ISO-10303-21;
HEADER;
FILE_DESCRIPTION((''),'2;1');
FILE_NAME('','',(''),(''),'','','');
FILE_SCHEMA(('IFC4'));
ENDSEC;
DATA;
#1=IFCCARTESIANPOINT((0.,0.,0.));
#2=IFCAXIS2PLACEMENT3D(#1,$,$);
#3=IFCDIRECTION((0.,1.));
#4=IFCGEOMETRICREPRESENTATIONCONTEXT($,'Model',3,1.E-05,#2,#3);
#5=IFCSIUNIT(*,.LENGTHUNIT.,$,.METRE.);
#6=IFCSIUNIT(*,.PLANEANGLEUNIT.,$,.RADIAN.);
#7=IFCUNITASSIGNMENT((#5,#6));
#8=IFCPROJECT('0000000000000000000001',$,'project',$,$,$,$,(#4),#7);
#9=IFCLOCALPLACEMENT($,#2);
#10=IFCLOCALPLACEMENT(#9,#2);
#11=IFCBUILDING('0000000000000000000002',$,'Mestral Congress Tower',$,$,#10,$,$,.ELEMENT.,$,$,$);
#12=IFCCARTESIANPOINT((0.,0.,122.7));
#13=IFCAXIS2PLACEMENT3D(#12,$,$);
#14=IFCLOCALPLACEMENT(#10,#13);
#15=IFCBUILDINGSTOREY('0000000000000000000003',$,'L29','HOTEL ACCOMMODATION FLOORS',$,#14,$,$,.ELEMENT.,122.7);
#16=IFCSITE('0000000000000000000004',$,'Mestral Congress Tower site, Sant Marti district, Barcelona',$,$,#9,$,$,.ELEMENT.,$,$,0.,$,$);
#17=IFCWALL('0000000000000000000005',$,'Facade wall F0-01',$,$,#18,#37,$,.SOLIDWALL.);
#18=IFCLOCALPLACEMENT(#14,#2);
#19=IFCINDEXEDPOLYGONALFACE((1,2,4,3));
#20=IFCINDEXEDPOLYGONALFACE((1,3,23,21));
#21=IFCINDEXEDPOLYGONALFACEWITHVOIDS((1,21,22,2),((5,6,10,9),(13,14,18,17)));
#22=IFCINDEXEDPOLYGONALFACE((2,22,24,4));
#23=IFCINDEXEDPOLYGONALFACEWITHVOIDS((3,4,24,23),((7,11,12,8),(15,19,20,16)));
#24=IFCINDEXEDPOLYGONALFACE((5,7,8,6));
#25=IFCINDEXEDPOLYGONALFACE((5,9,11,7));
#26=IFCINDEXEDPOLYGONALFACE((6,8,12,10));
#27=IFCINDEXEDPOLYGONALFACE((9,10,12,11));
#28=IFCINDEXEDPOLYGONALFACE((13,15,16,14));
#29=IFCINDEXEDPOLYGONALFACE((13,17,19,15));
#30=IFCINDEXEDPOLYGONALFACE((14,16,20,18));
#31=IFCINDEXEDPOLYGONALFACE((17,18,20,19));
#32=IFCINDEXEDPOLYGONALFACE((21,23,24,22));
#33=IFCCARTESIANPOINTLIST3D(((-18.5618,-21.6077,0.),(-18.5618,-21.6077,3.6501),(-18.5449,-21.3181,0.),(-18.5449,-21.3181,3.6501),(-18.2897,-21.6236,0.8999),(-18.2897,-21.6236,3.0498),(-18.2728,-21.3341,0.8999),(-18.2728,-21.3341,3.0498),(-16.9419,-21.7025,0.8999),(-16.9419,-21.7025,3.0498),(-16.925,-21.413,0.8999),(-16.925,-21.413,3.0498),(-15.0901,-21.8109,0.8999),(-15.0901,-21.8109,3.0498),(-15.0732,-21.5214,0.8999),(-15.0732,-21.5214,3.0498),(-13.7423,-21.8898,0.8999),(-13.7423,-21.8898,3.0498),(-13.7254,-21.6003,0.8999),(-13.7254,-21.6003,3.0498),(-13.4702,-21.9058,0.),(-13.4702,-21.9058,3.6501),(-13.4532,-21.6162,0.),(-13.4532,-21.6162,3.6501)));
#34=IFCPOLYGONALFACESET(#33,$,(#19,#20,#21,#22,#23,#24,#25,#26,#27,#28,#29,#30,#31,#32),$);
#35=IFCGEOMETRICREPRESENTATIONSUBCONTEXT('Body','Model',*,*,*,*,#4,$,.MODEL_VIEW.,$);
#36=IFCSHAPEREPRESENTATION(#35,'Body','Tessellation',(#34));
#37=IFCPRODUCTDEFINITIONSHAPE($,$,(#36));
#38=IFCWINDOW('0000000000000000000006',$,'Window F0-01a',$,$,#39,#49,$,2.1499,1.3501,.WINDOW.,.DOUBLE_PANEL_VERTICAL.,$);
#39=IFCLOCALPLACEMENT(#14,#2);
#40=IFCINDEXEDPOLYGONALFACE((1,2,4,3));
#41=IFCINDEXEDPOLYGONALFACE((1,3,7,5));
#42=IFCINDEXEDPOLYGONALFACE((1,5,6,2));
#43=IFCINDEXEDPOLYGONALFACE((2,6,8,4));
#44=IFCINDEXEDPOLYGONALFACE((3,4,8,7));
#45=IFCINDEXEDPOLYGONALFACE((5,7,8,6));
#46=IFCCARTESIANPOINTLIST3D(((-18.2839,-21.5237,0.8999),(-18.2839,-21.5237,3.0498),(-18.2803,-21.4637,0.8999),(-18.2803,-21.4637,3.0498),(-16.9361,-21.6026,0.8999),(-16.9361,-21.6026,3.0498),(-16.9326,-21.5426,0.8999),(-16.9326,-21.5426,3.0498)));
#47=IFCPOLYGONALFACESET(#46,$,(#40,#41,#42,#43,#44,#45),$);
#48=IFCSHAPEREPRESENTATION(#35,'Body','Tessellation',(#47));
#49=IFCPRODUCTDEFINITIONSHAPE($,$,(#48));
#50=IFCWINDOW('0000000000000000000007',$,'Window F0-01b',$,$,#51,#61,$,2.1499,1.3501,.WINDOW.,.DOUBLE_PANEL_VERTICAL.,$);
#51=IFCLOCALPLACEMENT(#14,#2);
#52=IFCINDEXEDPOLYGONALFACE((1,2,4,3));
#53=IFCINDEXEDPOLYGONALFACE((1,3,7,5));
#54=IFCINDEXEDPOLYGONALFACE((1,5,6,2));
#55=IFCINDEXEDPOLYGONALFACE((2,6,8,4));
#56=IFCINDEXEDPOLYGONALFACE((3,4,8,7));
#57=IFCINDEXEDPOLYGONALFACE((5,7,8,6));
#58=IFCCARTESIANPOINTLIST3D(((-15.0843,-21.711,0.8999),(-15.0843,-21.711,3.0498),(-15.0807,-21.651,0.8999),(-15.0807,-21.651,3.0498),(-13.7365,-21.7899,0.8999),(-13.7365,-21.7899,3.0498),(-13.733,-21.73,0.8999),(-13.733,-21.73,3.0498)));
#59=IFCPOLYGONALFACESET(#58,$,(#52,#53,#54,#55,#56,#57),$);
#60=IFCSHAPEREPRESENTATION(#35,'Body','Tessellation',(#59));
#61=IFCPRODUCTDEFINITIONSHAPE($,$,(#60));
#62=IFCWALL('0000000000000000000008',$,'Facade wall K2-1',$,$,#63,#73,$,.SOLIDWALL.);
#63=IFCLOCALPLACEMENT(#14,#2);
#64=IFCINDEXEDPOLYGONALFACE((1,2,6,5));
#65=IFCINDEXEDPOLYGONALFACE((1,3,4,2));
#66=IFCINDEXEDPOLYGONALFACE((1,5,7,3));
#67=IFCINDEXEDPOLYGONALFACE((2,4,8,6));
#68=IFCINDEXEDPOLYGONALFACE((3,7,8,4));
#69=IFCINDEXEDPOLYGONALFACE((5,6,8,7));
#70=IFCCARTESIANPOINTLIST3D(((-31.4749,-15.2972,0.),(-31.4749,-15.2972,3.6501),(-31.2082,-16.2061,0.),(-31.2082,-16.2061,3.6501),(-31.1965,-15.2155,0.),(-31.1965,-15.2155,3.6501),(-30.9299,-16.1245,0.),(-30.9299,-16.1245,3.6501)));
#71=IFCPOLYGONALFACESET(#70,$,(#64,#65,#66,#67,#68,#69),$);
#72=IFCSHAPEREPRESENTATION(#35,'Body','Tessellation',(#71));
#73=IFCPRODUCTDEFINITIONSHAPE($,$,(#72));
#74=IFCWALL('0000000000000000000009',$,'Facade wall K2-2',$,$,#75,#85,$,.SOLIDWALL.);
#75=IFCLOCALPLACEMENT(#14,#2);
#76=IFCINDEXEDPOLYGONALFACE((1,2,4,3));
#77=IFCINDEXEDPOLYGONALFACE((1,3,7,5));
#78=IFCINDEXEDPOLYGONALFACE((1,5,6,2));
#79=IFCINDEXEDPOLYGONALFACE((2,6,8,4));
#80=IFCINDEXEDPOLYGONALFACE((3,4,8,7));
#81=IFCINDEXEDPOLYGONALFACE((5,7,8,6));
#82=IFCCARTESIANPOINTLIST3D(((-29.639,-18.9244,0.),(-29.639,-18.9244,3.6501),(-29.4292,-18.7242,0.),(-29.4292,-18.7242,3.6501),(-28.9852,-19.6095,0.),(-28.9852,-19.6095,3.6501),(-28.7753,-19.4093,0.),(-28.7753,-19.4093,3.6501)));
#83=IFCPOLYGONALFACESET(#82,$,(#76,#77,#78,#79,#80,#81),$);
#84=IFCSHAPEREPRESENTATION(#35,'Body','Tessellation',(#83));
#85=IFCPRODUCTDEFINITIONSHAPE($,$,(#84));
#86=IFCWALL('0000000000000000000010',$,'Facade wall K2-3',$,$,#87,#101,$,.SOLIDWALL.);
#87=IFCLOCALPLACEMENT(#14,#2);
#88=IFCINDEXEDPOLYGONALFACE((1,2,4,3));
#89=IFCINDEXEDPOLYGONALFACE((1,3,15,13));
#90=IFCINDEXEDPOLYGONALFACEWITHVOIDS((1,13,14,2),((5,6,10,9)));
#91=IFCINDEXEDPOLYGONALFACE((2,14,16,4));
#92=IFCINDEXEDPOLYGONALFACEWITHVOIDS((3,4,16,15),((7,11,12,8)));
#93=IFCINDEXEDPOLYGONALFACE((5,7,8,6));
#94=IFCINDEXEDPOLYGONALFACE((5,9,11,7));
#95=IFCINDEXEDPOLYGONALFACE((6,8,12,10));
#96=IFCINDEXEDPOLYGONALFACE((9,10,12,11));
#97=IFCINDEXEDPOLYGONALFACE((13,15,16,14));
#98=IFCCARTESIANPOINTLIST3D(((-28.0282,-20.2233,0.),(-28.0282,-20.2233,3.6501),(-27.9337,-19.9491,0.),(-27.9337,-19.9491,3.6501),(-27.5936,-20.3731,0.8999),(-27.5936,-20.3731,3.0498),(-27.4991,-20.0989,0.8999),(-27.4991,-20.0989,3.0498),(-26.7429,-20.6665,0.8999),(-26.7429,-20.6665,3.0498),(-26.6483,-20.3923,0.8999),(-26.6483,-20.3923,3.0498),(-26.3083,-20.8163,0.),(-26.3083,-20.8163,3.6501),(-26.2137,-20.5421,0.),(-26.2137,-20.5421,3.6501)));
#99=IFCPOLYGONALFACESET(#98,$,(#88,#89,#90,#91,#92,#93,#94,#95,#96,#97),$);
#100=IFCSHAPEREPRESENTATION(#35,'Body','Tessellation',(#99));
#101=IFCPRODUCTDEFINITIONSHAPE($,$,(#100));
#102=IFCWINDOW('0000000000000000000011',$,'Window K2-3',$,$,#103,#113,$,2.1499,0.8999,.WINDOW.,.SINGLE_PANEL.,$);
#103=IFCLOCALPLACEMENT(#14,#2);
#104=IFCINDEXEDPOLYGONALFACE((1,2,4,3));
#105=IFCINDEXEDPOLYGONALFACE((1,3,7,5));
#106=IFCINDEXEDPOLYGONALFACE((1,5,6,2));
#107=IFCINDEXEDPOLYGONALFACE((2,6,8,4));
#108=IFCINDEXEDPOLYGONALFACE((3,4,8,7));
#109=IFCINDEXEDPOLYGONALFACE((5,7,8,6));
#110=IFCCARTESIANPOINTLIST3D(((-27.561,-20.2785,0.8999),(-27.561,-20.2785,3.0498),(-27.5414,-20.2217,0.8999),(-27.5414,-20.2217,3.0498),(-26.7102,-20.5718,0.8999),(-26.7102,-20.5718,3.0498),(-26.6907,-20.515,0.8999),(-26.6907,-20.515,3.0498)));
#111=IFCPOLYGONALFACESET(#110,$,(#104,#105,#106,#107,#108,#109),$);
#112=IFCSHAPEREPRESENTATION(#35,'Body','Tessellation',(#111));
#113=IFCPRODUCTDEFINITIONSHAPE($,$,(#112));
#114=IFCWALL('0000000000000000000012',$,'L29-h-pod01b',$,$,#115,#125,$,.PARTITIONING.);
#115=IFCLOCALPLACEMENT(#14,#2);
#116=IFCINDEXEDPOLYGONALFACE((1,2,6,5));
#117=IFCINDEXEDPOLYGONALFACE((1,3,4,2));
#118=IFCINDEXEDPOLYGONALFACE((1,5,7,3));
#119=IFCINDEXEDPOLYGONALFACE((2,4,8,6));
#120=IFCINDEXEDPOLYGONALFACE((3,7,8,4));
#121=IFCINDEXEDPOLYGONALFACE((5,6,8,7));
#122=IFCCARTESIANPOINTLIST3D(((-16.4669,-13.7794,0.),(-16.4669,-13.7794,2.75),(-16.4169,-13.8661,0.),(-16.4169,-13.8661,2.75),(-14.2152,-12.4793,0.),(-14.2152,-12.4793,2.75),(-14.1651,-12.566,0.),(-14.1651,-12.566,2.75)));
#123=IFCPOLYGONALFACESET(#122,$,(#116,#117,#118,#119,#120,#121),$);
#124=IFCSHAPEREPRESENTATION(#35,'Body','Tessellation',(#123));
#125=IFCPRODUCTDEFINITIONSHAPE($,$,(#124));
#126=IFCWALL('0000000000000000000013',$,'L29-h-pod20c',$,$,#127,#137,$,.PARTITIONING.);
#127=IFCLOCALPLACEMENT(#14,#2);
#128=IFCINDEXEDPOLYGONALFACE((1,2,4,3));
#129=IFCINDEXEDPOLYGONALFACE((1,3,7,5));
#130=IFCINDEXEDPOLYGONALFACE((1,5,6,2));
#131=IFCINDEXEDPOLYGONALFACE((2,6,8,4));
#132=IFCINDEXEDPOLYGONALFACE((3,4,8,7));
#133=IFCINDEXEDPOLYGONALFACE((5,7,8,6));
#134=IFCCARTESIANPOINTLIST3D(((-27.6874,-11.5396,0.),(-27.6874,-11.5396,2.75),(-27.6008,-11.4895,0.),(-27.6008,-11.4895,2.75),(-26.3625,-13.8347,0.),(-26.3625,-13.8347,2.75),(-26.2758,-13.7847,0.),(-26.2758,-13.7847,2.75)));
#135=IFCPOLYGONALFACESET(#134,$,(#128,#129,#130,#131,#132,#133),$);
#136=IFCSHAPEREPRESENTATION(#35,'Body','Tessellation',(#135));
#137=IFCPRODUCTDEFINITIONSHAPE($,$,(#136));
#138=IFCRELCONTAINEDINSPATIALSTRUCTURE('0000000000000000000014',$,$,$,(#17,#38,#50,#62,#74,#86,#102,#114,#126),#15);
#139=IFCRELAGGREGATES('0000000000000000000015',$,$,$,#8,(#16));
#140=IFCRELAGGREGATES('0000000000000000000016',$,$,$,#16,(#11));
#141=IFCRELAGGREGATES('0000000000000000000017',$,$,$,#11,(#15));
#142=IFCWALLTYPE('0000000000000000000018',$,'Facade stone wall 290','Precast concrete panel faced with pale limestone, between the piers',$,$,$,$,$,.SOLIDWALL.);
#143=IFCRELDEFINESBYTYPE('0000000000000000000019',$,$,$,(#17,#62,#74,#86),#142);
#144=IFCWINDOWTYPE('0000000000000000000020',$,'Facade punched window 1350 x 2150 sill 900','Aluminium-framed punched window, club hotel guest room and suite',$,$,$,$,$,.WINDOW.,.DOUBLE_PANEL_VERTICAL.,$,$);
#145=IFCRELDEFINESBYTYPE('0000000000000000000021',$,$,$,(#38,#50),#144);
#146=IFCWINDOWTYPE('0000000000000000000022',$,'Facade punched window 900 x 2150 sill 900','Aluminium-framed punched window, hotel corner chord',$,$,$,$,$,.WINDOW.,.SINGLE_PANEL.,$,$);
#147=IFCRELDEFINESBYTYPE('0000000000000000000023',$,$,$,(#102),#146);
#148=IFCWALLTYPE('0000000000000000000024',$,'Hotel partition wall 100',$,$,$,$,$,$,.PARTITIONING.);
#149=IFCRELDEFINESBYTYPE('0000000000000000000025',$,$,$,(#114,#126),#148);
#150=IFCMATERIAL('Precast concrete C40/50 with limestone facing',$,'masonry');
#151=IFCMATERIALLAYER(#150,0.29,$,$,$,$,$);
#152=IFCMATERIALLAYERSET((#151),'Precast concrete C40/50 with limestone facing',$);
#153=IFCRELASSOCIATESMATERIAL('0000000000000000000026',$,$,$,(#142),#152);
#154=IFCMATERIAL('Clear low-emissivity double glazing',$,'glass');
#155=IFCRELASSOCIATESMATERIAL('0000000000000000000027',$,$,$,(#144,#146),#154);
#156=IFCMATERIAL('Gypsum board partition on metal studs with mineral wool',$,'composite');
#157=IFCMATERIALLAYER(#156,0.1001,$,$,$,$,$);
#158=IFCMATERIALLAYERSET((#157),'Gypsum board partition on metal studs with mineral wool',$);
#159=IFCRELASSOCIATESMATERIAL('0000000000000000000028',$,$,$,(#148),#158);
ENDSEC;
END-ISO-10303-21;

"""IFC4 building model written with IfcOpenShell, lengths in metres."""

from ifc_helpers import new_model, si_unit, direction, frame, frame_2d, origin, place, context, subcontext, project, spatial, rectangle, extrude, material, layer, layer_set, type_object, element, fill, save


model = new_model("IFC4")

# Units and contexts
model_context = context("Model", 3, precision=1e-05, world=origin(), true_north=direction((0.0, 1.0)))
body_context = subcontext(model_context, "Body", "Model", "MODEL_VIEW")
ifc_project = project(units=[si_unit("LENGTHUNIT", "METRE"), si_unit("PLANEANGLEUNIT", "RADIAN")], contexts=[model_context])

# Site, building, storey
site_placement = place(None, origin())
site = spatial("IfcSite", under=ifc_project, at=site_placement, Name="Mestral Congress Tower site, Sant Marti district, Barcelona", CompositionType="ELEMENT", RefElevation=0.0)
building_placement = place(site_placement, origin())
building = spatial("IfcBuilding", under=site, at=building_placement, Name="Mestral Congress Tower", CompositionType="ELEMENT")
storey_placement = place(building_placement, frame((0.0, 0.0, 122.7)))
storey = spatial("IfcBuildingStorey", under=building, at=storey_placement, Name="L29", Description="HOTEL ACCOMMODATION FLOORS", CompositionType="ELEMENT", Elevation=122.7)

# Wall, openings, windows
ifc_material_1 = material(Name="Precast concrete C40/50 with limestone facing", Category="masonry")
ifc_layer_1 = layer(ifc_material_1, 0.29)
ifc_layer_set_1 = layer_set([ifc_layer_1], Name="Precast concrete C40/50 with limestone facing")
wall_type_1 = type_object("IfcWallType", Name="Facade stone wall 290", Description="Precast concrete panel faced with pale limestone, between the piers", PredefinedType="SOLIDWALL", material=ifc_layer_set_1)
ifc_material_2 = material(Name="Clear low-emissivity double glazing", Category="glass")
window_type_1 = type_object("IfcWindowType", Name="Facade punched window 1350 x 2150 sill 900", Description="Aluminium-framed punched window, club hotel guest room and suite", PartitioningType="DOUBLE_PANEL_VERTICAL", PredefinedType="WINDOW", material=ifc_material_2)
wall_1_placement = place(storey_placement, frame((-18.5535, -21.4629, 0.0), z_axis=(0.0, 0.0, 1.0), x_axis=(0.998291, -0.058447, 0.0)))
wall_1 = element("IfcWall", 1, at=wall_1_placement, inside=storey, type_object=wall_type_1, Name="Facade wall F0-01", PredefinedType="SOLIDWALL", context=body_context, shape_type="SweptSolid", body=[
    extrude(rectangle(XDim=5.1003, YDim=0.29, at=frame_2d((2.5503, 0.0))), origin(), (0.0, 0.0, 1.0), 3.6501),
])
opening_1_placement = place(wall_1_placement, frame((0.2727, 0.0, 0.8999)))
opening_1 = element("IfcOpeningElement", 2, at=opening_1_placement, cuts=wall_1, PredefinedType="OPENING", context=body_context, shape_type="SweptSolid", body=[
    extrude(rectangle(XDim=1.3501, YDim=2.1499, at=frame_2d((0.675, 1.075))), frame((0.0, 0.155, 0.0), z_axis=(0.0, -1.0, 0.0), x_axis=(1.0, 0.0, 0.0)), (0.0, 0.0, 1.0), 0.3101),
])
opening_2_placement = place(wall_1_placement, frame((3.4778, 0.0, 0.8999)))
opening_2 = element("IfcOpeningElement", 3, at=opening_2_placement, cuts=wall_1, PredefinedType="OPENING", context=body_context, shape_type="SweptSolid", body=[
    extrude(rectangle(XDim=1.3501, YDim=2.1499, at=frame_2d((0.675, 1.075))), frame((0.0, 0.155, 0.0), z_axis=(0.0, -1.0, 0.0), x_axis=(1.0, 0.0, 0.0)), (0.0, 0.0, 1.0), 0.3101),
])
window_1_placement = place(opening_1_placement, origin())
window_1 = element("IfcWindow", 4, at=window_1_placement, inside=storey, type_object=window_type_1, Name="Window F0-01a", OverallHeight=2.1499, OverallWidth=1.3501, PartitioningType="DOUBLE_PANEL_VERTICAL", PredefinedType="WINDOW", context=body_context, shape_type="SweptSolid", body=[
    extrude(rectangle(XDim=1.3501, YDim=2.1499, at=frame_2d((0.675, 1.075))), frame((0.0, 0.0151, 0.0), z_axis=(0.0, -1.0, 0.0), x_axis=(1.0, 0.0, 0.0)), (0.0, 0.0, 1.0), 0.0601),
])
fill(opening_1, window_1)
window_2_placement = place(opening_2_placement, origin())
window_2 = element("IfcWindow", 5, at=window_2_placement, inside=storey, type_object=window_type_1, Name="Window F0-01b", OverallHeight=2.1499, OverallWidth=1.3501, PartitioningType="DOUBLE_PANEL_VERTICAL", PredefinedType="WINDOW", context=body_context, shape_type="SweptSolid", body=[
    extrude(rectangle(XDim=1.3501, YDim=2.1499, at=frame_2d((0.675, 1.075))), frame((0.0, 0.0151, 0.0), z_axis=(0.0, -1.0, 0.0), x_axis=(1.0, 0.0, 0.0)), (0.0, 0.0, 1.0), 0.0601),
])
fill(opening_2, window_2)

# Walls
wall_2_placement = place(storey_placement, frame((-31.3357, -15.2563, 0.0), z_axis=(0.0, 0.0, 1.0), x_axis=(0.281455, -0.959575, 0.0)))
element("IfcWall", 6, at=wall_2_placement, inside=storey, type_object=wall_type_1, Name="Facade wall K2-1", PredefinedType="SOLIDWALL", context=body_context, shape_type="SweptSolid", body=[
    extrude(rectangle(XDim=0.9473, YDim=0.29, at=frame_2d((0.4736, 0.0))), origin(), (0.0, 0.0, 1.0), 3.6501),
])
wall_3_placement = place(storey_placement, frame((-29.5342, -18.8242, 0.0), z_axis=(0.0, 0.0, 1.0), x_axis=(0.690414, -0.723414, 0.0)))
element("IfcWall", 7, at=wall_3_placement, inside=storey, type_object=wall_type_1, Name="Facade wall K2-2", PredefinedType="SOLIDWALL", context=body_context, shape_type="SweptSolid", body=[
    extrude(rectangle(XDim=0.947, YDim=0.29, at=frame_2d((0.4736, 0.0))), origin(), (0.0, 0.0, 1.0), 3.6501),
])

# Wall, opening, window
wall_4_placement = place(storey_placement, frame((-27.981, -20.0862, 0.0), z_axis=(0.0, 0.0, 1.0), x_axis=(0.945386, -0.325953, 0.0)))
wall_4 = element("IfcWall", 8, at=wall_4_placement, inside=storey, type_object=wall_type_1, Name="Facade wall K2-3", PredefinedType="SOLIDWALL", context=body_context, shape_type="SweptSolid", body=[
    extrude(rectangle(XDim=1.8193, YDim=0.29, at=frame_2d((0.9097, 0.0))), origin(), (0.0, 0.0, 1.0), 3.6501),
])
opening_3_placement = place(wall_4_placement, frame((0.4597, 0.0, 0.8999)))
opening_3 = element("IfcOpeningElement", 9, at=opening_3_placement, cuts=wall_4, PredefinedType="OPENING", context=body_context, shape_type="SweptSolid", body=[
    extrude(rectangle(XDim=0.8999, YDim=2.1499, at=frame_2d((0.45, 1.075))), frame((0.0, 0.155, 0.0), z_axis=(0.0, -1.0, 0.0), x_axis=(1.0, 0.0, 0.0)), (0.0, 0.0, 1.0), 0.3101),
])
window_type_2 = type_object("IfcWindowType", Name="Facade punched window 900 x 2150 sill 900", Description="Aluminium-framed punched window, hotel corner chord", PartitioningType="SINGLE_PANEL", PredefinedType="WINDOW", material=ifc_material_2)
window_3_placement = place(opening_3_placement, origin())
window_3 = element("IfcWindow", 10, at=window_3_placement, inside=storey, type_object=window_type_2, Name="Window K2-3", OverallHeight=2.1499, OverallWidth=0.8999, PartitioningType="SINGLE_PANEL", PredefinedType="WINDOW", context=body_context, shape_type="SweptSolid", body=[
    extrude(rectangle(XDim=0.8999, YDim=2.1499, at=frame_2d((0.45, 1.075))), frame((0.0, 0.0151, 0.0), z_axis=(0.0, -1.0, 0.0), x_axis=(1.0, 0.0, 0.0)), (0.0, 0.0, 1.0), 0.0601),
])
fill(opening_3, window_3)

# Walls
ifc_material_3 = material(Name="Gypsum board partition on metal studs with mineral wool", Category="composite")
ifc_layer_2 = layer(ifc_material_3, 0.1001)
ifc_layer_set_2 = layer_set([ifc_layer_2], Name="Gypsum board partition on metal studs with mineral wool")
wall_type_2 = type_object("IfcWallType", Name="Hotel partition wall 100", PredefinedType="PARTITIONING", material=ifc_layer_set_2)
wall_5_placement = place(storey_placement, frame((-16.4419, -13.8228, 0.0), z_axis=(0.0, 0.0, 1.0), x_axis=(0.866021, 0.500007, 0.0)))
element("IfcWall", 11, at=wall_5_placement, inside=storey, type_object=wall_type_2, Name="L29-h-pod01b", PredefinedType="PARTITIONING", context=body_context, shape_type="SweptSolid", body=[
    extrude(rectangle(XDim=2.6001, YDim=0.1001, at=frame_2d((1.3, 0.0))), origin(), (0.0, 0.0, 1.0), 2.75),
])
wall_6_placement = place(storey_placement, frame((-26.3191, -13.8098, 0.0), z_axis=(0.0, 0.0, 1.0), x_axis=(-0.499954, 0.866052, 0.0)))
element("IfcWall", 12, at=wall_6_placement, inside=storey, type_object=wall_type_2, Name="L29-h-pod20c", PredefinedType="PARTITIONING", context=body_context, shape_type="SweptSolid", body=[
    extrude(rectangle(XDim=2.6501, YDim=0.1001, at=frame_2d((1.3252, 0.0))), origin(), (0.0, 0.0, 1.0), 2.75),
])

save(model, "model.ifc")
